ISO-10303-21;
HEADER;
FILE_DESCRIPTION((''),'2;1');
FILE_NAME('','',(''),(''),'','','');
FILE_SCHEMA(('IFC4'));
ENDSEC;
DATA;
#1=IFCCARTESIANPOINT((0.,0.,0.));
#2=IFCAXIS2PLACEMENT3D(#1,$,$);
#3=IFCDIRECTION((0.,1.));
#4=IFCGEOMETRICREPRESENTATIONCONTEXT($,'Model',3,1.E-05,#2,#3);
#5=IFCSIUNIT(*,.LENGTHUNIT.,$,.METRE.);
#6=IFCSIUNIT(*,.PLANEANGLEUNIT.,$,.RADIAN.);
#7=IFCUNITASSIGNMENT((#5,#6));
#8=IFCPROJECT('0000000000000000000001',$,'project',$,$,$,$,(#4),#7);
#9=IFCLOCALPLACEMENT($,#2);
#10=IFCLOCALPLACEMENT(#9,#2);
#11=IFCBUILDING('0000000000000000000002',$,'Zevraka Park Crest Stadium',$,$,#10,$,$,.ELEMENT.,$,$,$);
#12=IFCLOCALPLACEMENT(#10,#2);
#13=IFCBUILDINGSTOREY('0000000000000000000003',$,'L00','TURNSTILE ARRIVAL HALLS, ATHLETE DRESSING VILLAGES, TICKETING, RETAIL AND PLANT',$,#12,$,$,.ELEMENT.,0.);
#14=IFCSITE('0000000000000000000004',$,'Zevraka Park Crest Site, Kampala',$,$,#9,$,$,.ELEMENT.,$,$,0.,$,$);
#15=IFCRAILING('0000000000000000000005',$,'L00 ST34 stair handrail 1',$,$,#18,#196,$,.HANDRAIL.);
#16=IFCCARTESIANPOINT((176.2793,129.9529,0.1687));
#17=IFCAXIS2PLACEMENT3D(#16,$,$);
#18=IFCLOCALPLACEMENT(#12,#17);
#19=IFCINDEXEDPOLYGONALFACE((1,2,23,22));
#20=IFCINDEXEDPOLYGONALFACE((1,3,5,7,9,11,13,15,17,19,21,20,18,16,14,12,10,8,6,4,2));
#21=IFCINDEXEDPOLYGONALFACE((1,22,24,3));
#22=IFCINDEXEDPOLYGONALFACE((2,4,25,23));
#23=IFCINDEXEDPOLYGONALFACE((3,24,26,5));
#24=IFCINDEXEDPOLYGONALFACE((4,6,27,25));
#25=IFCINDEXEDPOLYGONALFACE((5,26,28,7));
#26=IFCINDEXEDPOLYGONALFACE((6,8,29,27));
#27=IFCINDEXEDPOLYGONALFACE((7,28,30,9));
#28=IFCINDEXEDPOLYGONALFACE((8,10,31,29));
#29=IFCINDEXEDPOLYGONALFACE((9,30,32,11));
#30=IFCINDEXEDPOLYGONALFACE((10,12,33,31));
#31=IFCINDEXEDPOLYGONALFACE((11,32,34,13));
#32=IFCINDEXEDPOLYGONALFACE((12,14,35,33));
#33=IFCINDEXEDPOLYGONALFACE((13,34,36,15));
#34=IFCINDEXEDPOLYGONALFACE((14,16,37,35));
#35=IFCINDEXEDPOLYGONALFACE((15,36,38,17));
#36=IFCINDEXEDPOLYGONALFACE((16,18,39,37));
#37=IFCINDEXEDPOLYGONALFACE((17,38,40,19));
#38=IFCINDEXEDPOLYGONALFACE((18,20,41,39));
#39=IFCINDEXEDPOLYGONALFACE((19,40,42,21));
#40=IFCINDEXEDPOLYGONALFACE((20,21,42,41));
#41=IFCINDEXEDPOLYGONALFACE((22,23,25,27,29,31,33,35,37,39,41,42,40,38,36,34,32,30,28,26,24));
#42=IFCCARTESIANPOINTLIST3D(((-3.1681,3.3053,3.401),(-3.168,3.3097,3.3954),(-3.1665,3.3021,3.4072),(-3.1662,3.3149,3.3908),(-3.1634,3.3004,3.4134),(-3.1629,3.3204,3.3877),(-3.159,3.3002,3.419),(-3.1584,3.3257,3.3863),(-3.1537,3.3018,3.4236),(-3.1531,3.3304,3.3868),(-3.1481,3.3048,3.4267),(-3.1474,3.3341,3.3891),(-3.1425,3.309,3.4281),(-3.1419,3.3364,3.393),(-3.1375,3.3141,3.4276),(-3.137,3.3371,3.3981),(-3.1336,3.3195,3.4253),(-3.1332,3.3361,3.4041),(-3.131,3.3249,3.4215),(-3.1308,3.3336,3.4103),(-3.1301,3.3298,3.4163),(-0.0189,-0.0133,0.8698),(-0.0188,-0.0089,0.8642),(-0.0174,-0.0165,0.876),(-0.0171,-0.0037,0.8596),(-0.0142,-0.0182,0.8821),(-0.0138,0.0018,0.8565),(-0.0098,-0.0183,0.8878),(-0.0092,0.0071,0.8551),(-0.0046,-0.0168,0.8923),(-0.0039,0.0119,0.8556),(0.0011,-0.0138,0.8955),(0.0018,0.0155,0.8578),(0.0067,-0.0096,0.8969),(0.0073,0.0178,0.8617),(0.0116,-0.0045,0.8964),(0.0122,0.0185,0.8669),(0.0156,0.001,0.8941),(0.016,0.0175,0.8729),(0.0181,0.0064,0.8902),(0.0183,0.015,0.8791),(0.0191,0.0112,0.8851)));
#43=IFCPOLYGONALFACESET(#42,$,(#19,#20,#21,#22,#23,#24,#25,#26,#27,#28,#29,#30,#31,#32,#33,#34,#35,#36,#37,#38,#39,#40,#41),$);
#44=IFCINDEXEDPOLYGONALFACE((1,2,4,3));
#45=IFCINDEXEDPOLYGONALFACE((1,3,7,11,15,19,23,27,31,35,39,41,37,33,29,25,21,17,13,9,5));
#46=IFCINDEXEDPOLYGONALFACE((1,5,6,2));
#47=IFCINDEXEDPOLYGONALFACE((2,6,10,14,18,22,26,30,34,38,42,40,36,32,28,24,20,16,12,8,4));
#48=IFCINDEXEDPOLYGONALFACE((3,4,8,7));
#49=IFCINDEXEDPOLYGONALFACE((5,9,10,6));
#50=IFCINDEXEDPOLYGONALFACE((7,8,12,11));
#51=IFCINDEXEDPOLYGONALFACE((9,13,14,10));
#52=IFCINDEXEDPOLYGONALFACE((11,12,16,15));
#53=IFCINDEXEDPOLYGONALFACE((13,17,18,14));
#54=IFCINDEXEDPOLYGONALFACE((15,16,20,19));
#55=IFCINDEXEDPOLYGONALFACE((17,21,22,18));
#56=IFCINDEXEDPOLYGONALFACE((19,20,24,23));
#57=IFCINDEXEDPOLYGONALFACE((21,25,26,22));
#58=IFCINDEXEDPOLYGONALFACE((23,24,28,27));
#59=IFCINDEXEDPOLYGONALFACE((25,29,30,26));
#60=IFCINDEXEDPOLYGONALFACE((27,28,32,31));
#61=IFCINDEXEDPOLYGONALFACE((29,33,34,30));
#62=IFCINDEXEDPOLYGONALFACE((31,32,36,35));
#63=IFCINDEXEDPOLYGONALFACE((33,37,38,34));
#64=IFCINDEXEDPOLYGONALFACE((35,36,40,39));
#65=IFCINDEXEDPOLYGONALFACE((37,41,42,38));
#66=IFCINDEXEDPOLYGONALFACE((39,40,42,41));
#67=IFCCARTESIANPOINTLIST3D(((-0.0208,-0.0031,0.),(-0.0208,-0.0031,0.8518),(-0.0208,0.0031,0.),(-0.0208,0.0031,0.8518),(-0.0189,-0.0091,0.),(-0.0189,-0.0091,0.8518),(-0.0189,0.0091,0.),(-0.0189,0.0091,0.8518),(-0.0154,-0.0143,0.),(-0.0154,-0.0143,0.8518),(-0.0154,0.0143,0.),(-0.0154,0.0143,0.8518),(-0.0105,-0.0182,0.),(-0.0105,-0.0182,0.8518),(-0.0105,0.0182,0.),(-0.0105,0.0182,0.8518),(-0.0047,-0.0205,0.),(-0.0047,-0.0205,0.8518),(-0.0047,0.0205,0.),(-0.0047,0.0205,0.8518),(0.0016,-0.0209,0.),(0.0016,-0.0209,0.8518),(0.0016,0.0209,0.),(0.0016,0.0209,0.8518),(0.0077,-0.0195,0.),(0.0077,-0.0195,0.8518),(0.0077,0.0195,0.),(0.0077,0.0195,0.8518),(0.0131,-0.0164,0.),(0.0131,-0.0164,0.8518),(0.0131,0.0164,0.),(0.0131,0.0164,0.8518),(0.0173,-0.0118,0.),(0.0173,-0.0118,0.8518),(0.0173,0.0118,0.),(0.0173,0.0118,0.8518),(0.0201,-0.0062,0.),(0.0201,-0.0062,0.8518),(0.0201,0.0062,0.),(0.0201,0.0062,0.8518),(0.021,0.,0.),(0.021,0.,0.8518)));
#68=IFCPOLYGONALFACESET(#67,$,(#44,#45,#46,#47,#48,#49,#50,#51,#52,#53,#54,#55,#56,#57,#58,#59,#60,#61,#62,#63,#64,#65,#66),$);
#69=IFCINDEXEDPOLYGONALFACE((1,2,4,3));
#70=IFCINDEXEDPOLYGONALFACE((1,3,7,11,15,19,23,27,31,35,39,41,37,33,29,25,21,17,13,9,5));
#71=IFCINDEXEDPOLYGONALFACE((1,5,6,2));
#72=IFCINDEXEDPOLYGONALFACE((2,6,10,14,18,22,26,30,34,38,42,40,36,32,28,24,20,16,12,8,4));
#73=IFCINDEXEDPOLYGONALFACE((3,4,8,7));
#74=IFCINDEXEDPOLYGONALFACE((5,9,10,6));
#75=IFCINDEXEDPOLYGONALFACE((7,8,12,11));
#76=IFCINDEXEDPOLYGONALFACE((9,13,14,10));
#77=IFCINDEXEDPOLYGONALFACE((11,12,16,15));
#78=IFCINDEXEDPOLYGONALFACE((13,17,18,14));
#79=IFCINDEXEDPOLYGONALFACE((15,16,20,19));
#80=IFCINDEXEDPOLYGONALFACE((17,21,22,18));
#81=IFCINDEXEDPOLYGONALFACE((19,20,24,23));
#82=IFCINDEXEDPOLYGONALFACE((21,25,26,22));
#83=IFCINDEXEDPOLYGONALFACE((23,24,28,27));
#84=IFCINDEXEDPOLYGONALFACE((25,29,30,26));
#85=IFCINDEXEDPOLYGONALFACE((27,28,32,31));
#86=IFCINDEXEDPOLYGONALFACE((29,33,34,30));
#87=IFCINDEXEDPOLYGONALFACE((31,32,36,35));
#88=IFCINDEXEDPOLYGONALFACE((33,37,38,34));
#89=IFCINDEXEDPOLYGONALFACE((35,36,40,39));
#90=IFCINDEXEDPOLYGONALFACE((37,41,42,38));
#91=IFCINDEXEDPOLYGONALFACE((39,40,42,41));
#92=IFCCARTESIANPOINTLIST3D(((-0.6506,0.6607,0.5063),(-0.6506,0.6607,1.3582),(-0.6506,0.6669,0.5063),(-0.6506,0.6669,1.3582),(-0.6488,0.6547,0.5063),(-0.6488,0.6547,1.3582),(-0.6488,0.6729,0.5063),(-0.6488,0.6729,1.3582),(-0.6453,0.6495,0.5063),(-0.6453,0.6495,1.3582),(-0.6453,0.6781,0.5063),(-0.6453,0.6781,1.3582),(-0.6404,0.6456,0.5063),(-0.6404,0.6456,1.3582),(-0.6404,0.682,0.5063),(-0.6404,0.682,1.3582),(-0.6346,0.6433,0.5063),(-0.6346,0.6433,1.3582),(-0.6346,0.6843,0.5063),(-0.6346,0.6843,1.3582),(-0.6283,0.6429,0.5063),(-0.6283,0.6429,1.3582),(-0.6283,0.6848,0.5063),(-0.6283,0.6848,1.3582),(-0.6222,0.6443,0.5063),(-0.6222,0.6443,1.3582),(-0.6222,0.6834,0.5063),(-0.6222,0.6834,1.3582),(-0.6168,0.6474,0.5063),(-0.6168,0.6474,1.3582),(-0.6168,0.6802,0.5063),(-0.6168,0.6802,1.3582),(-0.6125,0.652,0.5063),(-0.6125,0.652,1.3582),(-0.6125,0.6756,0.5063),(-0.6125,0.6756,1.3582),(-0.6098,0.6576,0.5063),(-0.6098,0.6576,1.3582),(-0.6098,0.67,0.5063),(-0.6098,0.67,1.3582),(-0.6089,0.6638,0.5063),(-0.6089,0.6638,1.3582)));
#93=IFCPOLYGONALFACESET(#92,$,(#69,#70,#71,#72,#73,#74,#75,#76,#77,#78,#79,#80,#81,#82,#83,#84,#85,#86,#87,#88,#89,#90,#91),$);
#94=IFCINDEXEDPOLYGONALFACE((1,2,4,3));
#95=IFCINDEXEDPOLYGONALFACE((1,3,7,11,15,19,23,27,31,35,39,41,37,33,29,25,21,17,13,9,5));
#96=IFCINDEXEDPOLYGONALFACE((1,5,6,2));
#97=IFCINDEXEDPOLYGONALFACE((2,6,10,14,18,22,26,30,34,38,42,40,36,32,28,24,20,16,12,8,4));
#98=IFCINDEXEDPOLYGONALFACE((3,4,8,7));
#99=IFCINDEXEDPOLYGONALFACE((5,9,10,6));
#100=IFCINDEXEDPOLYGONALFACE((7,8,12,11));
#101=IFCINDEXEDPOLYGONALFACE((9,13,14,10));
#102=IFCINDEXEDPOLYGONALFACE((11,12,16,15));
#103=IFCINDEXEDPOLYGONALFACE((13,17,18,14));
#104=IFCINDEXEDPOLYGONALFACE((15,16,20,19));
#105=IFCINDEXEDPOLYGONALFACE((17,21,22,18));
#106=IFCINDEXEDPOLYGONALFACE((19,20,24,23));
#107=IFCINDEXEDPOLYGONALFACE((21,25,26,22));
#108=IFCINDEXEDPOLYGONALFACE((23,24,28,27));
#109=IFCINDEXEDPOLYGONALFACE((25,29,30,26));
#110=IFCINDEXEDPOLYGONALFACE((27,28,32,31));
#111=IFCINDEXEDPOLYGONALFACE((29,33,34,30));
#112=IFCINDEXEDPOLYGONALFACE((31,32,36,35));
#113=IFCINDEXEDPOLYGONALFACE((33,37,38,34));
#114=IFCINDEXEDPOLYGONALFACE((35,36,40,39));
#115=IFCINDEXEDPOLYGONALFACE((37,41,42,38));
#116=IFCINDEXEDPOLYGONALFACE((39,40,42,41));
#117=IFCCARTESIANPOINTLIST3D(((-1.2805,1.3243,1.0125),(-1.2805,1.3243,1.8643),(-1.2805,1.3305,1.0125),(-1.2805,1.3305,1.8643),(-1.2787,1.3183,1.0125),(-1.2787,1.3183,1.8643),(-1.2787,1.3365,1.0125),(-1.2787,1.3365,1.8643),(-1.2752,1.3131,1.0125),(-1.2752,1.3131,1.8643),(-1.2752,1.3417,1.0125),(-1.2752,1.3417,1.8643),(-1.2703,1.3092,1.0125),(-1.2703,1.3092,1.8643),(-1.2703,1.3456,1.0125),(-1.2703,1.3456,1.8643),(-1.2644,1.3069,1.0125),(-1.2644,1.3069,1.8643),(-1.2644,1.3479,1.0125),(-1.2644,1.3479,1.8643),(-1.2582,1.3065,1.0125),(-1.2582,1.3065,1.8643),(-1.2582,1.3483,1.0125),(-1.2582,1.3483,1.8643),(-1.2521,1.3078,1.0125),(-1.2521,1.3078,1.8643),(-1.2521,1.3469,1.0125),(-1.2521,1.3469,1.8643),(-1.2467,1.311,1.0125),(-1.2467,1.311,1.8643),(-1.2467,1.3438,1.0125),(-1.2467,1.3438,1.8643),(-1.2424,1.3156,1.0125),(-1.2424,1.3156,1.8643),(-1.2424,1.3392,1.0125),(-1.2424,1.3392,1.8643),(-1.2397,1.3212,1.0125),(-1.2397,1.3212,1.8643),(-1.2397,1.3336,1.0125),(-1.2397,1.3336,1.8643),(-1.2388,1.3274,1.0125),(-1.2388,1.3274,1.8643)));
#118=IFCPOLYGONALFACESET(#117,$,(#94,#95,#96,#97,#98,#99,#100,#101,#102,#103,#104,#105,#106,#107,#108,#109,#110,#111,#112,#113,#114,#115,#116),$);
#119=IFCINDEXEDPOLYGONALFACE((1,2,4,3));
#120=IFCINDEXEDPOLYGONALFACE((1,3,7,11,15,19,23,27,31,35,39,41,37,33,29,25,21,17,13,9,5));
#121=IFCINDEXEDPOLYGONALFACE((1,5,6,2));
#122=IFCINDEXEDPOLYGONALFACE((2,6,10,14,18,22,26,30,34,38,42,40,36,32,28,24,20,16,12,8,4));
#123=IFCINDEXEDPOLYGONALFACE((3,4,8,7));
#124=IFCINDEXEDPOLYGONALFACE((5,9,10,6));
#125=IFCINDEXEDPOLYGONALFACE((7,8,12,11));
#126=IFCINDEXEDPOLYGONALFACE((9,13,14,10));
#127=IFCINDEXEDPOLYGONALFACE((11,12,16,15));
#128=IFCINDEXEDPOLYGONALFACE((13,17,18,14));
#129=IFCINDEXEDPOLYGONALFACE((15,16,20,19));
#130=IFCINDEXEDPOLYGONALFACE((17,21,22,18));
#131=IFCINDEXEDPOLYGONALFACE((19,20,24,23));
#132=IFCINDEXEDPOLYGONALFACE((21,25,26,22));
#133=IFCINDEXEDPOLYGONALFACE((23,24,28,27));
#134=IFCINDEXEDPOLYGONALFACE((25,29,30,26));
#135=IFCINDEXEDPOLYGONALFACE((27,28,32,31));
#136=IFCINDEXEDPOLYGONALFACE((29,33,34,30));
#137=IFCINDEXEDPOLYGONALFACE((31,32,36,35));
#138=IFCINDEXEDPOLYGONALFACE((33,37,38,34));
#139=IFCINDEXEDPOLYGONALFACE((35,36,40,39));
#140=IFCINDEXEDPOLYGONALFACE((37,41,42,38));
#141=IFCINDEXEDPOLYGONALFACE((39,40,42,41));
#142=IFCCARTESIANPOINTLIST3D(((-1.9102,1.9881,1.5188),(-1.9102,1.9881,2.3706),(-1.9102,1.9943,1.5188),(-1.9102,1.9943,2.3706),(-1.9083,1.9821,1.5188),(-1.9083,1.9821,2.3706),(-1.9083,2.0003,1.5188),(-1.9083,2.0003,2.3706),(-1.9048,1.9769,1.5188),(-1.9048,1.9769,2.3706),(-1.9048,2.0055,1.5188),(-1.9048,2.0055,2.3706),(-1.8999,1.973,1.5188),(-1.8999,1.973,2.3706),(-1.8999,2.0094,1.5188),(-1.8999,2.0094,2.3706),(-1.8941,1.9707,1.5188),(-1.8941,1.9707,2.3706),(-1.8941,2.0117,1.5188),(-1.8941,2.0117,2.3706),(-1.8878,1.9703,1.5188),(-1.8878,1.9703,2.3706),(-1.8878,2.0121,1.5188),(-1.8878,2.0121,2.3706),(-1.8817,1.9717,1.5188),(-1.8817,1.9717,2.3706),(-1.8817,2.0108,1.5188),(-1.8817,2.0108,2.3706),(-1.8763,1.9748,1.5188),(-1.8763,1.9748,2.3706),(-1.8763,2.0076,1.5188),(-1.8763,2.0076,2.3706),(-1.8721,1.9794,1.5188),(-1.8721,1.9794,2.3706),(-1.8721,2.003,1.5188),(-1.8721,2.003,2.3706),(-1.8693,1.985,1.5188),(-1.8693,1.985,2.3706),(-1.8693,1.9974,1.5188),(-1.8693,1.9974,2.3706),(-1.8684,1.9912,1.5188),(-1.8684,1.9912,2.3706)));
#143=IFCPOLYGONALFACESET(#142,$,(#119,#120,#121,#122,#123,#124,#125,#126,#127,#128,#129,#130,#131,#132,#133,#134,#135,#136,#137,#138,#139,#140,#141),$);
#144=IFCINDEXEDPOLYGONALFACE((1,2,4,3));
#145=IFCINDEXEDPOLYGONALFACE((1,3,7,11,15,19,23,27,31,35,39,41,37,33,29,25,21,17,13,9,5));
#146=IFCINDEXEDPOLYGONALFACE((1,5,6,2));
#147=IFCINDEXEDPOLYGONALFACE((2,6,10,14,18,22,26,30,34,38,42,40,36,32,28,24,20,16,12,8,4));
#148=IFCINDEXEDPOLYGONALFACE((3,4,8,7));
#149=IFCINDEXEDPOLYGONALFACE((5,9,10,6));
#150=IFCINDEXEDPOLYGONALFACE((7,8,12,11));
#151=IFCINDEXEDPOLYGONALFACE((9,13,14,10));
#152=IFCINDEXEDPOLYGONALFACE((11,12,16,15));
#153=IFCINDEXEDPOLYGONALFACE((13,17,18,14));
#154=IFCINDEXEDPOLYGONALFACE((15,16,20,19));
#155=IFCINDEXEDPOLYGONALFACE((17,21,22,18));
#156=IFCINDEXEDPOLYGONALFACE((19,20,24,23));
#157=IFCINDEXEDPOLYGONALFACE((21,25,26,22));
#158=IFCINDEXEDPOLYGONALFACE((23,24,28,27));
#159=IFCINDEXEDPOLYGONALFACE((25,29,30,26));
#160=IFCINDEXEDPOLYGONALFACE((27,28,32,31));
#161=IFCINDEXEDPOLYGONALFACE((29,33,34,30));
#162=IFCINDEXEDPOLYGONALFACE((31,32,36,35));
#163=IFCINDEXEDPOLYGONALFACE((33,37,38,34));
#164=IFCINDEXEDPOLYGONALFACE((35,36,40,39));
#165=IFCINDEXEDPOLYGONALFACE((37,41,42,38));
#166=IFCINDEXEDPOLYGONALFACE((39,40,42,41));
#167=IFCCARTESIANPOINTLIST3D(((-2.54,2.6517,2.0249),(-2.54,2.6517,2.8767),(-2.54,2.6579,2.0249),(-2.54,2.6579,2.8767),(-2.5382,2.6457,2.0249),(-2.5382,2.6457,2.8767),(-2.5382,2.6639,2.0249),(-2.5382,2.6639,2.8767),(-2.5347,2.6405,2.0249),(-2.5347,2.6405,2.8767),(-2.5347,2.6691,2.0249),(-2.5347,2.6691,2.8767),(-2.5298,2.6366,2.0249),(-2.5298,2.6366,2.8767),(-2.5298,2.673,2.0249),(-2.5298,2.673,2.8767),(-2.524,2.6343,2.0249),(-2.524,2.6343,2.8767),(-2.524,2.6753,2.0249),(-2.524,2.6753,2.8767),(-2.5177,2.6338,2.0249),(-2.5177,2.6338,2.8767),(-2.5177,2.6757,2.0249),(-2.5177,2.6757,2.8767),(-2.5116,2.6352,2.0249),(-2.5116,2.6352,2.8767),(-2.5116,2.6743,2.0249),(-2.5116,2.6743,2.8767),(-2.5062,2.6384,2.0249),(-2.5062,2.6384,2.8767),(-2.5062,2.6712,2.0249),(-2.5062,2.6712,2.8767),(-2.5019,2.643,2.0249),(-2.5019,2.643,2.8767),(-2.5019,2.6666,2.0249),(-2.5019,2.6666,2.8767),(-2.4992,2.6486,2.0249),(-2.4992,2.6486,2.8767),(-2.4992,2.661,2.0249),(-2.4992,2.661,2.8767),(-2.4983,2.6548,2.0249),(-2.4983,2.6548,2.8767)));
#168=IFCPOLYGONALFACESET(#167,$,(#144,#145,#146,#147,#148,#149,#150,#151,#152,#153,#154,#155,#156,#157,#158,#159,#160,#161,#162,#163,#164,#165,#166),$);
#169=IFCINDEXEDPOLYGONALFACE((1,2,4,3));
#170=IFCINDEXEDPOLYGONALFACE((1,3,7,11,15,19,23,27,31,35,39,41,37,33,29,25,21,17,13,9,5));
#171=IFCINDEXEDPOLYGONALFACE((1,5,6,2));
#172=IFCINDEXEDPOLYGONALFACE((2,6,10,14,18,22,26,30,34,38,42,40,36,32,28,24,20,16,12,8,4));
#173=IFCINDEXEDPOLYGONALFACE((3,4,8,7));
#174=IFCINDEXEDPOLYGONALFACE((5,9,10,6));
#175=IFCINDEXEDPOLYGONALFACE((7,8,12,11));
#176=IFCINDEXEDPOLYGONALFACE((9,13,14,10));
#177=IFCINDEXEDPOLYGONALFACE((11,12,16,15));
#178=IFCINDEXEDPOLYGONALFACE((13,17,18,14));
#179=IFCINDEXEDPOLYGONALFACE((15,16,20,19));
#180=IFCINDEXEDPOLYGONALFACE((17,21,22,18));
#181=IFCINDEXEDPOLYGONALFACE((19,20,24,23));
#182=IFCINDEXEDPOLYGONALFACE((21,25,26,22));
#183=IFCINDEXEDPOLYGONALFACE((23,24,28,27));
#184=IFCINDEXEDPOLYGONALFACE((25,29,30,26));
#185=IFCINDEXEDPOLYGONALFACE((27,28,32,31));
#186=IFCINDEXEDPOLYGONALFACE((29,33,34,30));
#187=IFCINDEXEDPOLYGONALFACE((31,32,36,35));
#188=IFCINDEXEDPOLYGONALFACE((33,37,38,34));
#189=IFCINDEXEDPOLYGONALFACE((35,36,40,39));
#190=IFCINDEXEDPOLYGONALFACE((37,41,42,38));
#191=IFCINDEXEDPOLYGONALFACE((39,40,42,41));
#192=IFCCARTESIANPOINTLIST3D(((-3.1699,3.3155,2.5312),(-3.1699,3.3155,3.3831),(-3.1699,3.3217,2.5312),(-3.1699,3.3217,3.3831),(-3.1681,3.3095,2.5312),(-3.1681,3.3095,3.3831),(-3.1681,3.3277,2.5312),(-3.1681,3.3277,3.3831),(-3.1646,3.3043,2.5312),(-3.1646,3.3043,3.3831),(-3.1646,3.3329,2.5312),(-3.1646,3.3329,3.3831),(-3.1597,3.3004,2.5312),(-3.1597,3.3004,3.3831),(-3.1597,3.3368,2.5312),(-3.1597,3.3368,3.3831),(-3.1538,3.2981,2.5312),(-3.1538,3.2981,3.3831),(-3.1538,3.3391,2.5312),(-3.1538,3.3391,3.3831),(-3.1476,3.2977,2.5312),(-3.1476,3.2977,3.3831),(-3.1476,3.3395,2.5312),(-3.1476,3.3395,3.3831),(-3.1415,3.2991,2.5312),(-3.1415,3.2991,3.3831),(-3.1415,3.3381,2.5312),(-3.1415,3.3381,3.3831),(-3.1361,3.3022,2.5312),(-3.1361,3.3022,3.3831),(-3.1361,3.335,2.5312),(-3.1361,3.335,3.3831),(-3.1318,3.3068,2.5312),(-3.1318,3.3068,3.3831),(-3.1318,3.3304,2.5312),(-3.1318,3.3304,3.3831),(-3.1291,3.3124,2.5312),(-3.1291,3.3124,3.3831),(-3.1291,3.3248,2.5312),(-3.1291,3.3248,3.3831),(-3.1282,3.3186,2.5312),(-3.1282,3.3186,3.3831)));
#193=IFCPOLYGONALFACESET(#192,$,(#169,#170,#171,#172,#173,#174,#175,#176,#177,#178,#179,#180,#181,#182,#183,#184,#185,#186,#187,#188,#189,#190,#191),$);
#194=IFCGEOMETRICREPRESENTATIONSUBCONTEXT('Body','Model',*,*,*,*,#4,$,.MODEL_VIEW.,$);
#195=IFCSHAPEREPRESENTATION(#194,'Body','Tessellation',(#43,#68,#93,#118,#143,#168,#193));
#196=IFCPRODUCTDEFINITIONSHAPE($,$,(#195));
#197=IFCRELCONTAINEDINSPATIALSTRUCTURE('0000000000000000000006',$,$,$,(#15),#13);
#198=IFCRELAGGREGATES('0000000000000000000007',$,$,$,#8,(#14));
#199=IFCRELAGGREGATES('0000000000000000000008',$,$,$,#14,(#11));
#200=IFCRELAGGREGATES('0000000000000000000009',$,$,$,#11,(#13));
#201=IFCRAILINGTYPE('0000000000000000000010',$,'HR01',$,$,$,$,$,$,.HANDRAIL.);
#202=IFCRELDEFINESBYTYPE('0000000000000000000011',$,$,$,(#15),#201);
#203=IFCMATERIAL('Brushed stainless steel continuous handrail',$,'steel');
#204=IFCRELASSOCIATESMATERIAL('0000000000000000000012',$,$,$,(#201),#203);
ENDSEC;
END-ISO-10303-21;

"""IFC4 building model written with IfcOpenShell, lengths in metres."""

from ifc_helpers import new_model, si_unit, direction, frame, origin, origin_2d, place, context, subcontext, project, spatial, circle, extrude, material, type_object, element, save


model = new_model("IFC4")

# Units and contexts
model_context = context("Model", 3, precision=1e-05, world=origin(), true_north=direction((0.0, 1.0)))
body_context = subcontext(model_context, "Body", "Model", "MODEL_VIEW")
ifc_project = project(units=[si_unit("LENGTHUNIT", "METRE"), si_unit("PLANEANGLEUNIT", "RADIAN")], contexts=[model_context])

# Site, building, storey
site_placement = place(None, origin())
site = spatial("IfcSite", under=ifc_project, at=site_placement, Name="Zevraka Park Crest Site, Kampala", CompositionType="ELEMENT", RefElevation=0.0)
building_placement = place(site_placement, origin())
building = spatial("IfcBuilding", under=site, at=building_placement, Name="Zevraka Park Crest Stadium", CompositionType="ELEMENT")
storey_placement = place(building_placement, origin())
storey = spatial("IfcBuildingStorey", under=building, at=storey_placement, Name="L00", Description="TURNSTILE ARRIVAL HALLS, ATHLETE DRESSING VILLAGES, TICKETING, RETAIL AND PLANT", CompositionType="ELEMENT", Elevation=0.0)

# Railing
ifc_material_1 = material(Name="Brushed stainless steel continuous handrail", Category="steel")
railing_type_1 = type_object("IfcRailingType", Name="HR01", PredefinedType="HANDRAIL", material=ifc_material_1)
railing_1_placement = place(storey_placement, frame((176.2793, 129.9529, 0.1687)))
element("IfcRailing", 1, at=railing_1_placement, inside=storey, type_object=railing_type_1, Name="L00 ST34 stair handrail 1", PredefinedType="HANDRAIL", context=body_context, shape_type="SweptSolid", body=[
    extrude(circle(Radius=0.0239, at=origin_2d()), frame((0.0, 0.0, 0.876), z_axis=(-0.602304, 0.634709, 0.484122), x_axis=(-0.725382, -0.688347, 0.0)), (0.0, 0.0, 1.0), 5.2285),
    extrude(circle(Radius=0.021, at=origin_2d()), origin(), (0.0, 0.0, 1.0), 0.8518),
    extrude(circle(Radius=0.021, at=origin_2d()), frame((-0.6299, 0.6638, 0.5063)), (0.0, 0.0, 1.0), 0.8518),
    extrude(circle(Radius=0.021, at=origin_2d()), frame((-1.2598, 1.3274, 1.0125)), (0.0, 0.0, 1.0), 0.8518),
    extrude(circle(Radius=0.021, at=origin_2d()), frame((-1.8894, 1.9912, 1.5188)), (0.0, 0.0, 1.0), 0.8518),
    extrude(circle(Radius=0.021, at=origin_2d()), frame((-2.5193, 2.6548, 2.0249)), (0.0, 0.0, 1.0), 0.8518),
    extrude(circle(Radius=0.021, at=origin_2d()), frame((-3.1492, 3.3186, 2.5312)), (0.0, 0.0, 1.0), 0.8518),
])

save(model, "model.ifc")
